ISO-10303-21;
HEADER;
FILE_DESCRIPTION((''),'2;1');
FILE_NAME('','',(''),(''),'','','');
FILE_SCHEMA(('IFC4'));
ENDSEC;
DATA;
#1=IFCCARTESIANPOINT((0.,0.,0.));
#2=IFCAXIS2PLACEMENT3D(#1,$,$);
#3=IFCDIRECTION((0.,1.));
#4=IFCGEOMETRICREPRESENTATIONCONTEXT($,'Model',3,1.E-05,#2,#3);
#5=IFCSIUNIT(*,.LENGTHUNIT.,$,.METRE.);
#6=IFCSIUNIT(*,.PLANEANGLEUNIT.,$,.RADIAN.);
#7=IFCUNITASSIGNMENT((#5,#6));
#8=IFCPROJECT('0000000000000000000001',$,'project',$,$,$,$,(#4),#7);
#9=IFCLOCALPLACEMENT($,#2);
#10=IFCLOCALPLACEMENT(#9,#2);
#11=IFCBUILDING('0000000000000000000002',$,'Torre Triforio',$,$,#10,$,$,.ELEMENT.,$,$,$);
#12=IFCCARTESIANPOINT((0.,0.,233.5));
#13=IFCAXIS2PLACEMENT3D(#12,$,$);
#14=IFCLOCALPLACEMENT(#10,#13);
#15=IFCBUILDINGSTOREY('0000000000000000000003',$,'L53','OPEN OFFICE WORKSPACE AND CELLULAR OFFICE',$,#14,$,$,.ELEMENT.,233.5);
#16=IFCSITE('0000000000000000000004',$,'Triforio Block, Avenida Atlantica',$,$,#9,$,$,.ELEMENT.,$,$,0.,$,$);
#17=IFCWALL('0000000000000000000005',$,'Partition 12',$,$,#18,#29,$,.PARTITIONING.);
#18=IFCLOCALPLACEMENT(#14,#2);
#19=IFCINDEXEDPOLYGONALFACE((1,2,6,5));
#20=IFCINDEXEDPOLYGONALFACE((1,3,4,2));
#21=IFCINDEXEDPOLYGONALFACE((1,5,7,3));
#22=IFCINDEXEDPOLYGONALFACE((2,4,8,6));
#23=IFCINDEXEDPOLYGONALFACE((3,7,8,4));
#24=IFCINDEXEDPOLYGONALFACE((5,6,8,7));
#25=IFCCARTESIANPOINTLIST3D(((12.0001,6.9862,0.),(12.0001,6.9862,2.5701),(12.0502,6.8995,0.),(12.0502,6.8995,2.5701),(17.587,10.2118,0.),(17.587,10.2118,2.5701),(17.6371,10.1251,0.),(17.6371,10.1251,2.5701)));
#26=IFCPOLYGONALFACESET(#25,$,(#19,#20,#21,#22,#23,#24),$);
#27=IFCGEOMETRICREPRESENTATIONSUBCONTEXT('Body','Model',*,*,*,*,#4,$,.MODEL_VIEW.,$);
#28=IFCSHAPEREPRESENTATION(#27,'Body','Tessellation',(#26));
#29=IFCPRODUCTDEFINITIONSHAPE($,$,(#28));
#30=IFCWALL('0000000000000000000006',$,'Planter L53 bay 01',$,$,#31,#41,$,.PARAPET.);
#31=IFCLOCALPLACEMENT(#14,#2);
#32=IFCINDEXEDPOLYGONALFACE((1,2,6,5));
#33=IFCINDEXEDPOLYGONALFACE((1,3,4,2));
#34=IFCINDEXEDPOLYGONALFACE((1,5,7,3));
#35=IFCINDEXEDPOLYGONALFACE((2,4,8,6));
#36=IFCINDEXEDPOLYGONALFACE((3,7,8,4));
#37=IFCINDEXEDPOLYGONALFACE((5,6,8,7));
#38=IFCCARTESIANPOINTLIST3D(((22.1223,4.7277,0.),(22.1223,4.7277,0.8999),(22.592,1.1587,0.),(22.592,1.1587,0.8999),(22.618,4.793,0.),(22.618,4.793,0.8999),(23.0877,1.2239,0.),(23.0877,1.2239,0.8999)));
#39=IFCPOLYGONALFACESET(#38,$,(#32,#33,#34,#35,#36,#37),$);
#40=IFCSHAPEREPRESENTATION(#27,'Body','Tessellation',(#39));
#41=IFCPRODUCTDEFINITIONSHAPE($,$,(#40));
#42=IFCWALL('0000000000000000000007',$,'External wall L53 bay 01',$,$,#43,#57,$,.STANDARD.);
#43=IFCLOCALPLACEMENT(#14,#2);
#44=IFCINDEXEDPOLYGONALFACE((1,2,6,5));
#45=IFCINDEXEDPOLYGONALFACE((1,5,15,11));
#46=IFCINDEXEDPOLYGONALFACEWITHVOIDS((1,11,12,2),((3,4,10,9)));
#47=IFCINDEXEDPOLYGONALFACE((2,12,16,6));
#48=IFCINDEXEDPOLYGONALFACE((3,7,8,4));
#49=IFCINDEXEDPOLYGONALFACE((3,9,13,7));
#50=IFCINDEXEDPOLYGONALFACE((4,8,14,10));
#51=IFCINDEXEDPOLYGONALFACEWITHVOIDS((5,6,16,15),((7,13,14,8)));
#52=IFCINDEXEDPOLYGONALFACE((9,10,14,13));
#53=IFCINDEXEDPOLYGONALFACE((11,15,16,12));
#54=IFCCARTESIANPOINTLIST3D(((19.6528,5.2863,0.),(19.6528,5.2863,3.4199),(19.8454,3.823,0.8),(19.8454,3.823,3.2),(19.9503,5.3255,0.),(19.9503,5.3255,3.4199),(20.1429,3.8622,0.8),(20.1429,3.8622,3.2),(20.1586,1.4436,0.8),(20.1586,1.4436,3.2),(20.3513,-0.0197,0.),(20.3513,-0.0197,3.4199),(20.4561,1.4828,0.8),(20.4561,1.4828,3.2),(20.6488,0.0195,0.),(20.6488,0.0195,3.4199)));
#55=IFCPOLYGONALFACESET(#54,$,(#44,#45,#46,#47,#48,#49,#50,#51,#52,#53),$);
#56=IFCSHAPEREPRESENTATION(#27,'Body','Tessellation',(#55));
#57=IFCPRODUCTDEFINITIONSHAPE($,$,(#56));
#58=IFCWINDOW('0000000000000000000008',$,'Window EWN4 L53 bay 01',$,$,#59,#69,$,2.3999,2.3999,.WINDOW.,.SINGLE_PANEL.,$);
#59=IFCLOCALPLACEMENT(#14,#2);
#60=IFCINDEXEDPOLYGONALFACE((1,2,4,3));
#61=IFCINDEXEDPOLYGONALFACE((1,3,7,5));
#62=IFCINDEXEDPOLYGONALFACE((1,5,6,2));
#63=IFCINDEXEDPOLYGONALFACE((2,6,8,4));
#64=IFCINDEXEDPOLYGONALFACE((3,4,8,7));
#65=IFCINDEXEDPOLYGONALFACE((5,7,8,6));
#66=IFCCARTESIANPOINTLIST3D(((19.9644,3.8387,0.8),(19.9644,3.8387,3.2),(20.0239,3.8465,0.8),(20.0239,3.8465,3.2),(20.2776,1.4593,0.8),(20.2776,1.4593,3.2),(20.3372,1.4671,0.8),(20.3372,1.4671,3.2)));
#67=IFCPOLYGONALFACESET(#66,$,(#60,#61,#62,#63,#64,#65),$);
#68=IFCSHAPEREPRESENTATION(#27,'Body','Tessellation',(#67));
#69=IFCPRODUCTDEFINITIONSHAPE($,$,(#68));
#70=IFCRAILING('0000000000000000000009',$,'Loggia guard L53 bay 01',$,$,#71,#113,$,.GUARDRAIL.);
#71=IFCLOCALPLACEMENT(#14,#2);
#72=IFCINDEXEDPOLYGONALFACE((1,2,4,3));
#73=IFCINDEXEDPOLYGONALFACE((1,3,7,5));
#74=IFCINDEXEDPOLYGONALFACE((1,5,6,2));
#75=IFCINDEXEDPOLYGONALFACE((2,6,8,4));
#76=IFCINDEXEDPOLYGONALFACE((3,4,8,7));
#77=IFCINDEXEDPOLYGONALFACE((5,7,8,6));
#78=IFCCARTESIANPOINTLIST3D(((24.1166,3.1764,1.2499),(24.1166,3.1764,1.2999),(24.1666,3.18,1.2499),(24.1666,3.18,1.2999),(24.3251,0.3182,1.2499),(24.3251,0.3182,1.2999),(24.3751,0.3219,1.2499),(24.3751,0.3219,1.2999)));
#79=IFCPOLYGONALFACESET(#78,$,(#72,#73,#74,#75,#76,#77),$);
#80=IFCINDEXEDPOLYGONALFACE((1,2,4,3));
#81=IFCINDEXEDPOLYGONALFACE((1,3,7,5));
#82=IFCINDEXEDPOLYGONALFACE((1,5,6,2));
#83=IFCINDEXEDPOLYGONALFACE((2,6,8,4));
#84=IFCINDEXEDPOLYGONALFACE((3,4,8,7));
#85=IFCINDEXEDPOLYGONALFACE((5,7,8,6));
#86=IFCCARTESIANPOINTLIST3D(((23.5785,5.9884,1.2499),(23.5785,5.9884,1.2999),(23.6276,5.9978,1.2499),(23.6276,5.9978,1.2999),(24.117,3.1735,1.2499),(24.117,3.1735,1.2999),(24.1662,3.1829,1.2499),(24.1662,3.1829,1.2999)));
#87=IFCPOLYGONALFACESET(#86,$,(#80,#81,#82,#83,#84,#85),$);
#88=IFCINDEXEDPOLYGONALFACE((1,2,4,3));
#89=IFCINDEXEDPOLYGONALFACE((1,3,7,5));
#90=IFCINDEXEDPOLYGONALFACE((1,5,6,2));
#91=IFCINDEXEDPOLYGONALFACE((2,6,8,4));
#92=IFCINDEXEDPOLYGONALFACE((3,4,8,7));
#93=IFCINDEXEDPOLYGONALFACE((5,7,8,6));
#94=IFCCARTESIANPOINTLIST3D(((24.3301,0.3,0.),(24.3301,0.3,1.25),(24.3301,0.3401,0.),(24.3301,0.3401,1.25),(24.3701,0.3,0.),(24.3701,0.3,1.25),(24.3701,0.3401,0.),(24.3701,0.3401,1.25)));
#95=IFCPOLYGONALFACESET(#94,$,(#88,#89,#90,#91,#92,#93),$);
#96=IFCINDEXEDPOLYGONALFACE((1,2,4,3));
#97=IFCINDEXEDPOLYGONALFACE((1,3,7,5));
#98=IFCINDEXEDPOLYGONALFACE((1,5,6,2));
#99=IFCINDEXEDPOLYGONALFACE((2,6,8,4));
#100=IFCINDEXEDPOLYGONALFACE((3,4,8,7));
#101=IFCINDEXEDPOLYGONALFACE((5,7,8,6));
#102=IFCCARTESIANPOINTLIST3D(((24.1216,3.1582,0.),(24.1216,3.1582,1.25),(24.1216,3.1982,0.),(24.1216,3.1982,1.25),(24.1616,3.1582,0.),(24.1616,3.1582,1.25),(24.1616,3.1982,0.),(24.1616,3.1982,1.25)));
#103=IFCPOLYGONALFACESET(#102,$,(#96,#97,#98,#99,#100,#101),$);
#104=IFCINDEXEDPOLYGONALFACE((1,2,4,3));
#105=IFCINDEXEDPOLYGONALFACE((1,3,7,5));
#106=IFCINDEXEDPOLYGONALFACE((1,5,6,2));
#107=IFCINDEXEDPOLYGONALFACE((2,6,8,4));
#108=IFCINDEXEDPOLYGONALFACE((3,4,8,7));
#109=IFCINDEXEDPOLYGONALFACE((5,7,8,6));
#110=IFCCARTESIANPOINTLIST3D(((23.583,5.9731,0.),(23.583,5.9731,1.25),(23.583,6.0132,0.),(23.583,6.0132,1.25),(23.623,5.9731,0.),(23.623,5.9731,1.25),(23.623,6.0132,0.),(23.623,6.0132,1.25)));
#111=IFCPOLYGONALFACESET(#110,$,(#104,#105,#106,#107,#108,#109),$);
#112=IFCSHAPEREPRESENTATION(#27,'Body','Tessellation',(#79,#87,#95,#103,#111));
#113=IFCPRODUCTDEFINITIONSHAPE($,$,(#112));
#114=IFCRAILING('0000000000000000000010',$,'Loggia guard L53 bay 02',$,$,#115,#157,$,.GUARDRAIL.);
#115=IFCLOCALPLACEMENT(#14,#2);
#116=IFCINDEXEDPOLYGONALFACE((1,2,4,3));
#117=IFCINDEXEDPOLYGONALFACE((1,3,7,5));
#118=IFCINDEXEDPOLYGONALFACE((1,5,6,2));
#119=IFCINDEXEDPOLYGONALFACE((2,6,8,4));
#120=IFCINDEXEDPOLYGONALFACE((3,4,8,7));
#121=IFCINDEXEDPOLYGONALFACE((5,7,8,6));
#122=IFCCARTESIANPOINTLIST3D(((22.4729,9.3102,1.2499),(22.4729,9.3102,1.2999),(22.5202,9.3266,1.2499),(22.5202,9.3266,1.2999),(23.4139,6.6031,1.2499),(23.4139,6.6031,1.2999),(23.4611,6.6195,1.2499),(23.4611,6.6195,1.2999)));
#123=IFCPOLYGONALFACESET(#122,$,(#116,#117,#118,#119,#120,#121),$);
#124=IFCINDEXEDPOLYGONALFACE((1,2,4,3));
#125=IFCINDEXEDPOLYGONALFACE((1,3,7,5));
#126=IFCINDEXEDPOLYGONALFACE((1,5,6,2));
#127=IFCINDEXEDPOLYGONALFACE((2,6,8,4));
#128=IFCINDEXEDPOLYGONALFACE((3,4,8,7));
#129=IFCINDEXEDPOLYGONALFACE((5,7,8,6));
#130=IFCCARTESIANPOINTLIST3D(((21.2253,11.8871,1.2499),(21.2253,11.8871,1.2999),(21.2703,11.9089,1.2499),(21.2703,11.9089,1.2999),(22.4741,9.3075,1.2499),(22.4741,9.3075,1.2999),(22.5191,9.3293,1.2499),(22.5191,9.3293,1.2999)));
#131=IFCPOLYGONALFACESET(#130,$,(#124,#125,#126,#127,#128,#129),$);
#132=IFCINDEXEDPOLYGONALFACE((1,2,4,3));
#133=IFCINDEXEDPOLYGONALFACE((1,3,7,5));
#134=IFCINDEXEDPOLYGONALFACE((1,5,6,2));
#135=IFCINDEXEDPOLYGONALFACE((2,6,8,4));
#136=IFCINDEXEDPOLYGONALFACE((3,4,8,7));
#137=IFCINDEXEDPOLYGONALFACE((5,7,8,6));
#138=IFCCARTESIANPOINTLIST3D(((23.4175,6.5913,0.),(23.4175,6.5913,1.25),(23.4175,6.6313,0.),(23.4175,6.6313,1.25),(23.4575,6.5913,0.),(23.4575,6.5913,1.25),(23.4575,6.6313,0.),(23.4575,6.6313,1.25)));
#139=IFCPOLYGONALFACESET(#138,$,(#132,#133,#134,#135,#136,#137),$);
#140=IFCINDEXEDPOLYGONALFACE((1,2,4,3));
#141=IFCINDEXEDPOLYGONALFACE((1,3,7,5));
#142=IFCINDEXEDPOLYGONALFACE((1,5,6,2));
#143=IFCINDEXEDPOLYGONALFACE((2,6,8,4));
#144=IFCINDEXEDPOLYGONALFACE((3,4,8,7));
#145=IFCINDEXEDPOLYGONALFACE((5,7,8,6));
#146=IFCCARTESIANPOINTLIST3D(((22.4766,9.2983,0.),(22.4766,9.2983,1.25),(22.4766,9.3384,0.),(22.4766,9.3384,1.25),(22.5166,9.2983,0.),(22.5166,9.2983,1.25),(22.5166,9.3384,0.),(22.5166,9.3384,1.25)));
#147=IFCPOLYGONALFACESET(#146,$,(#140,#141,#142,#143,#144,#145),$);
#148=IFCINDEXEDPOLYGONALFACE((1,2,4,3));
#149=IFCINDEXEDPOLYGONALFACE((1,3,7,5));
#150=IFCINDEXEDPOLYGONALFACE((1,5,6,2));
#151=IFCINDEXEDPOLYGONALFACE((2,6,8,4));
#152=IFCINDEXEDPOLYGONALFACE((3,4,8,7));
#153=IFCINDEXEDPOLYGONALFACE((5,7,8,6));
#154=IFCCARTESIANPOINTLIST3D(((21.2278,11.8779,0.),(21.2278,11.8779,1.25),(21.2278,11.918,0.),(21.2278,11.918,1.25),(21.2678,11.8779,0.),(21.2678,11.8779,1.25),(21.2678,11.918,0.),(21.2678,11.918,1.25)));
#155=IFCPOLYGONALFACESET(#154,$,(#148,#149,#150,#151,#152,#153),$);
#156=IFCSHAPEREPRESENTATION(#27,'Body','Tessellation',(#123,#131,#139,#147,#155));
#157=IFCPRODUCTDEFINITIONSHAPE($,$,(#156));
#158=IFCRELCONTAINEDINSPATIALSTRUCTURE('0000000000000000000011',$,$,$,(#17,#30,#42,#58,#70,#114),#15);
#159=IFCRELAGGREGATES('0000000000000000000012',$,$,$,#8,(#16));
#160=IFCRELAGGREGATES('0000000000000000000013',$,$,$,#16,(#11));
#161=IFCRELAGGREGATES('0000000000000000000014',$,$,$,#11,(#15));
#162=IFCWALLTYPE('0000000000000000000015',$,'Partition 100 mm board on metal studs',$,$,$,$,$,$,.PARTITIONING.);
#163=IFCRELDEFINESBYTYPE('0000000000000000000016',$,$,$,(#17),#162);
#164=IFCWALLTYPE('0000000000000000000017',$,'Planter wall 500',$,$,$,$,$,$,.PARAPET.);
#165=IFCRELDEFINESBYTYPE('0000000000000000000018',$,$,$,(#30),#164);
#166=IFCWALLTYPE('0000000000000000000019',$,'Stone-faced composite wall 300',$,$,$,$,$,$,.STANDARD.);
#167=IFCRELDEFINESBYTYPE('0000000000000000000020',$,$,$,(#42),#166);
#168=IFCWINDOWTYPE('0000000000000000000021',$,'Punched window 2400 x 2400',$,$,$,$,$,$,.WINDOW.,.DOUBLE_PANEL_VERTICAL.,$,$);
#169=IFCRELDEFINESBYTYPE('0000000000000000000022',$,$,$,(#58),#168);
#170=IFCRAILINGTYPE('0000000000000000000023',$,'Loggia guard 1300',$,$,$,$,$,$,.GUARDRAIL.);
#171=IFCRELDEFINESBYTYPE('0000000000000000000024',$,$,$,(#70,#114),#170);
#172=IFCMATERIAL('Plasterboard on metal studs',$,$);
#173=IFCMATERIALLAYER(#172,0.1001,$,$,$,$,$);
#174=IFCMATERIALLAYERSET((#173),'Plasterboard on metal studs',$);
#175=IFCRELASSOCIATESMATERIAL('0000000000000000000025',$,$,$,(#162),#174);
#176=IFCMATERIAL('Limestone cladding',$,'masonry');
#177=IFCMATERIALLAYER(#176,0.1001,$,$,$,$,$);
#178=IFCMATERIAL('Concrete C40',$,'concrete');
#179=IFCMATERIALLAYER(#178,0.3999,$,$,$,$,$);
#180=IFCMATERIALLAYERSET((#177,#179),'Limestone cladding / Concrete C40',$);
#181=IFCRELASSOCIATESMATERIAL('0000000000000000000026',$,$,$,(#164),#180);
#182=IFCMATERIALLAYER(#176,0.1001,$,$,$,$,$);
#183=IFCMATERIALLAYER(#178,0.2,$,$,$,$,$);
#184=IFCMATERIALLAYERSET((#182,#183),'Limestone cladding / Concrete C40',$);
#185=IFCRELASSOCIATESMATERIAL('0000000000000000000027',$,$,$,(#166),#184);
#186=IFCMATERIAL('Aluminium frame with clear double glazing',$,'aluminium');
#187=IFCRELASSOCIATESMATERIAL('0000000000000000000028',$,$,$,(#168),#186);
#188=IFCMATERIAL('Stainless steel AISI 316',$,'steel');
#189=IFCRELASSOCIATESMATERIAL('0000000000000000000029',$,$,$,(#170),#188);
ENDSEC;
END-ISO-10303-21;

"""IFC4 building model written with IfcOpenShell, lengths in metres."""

from ifc_helpers import new_model, si_unit, direction, frame, frame_2d, origin, origin_2d, place, context, subcontext, project, spatial, rectangle, extrude, material, layer, layer_set, type_object, element, fill, save


model = new_model("IFC4")

# Units and contexts
model_context = context("Model", 3, precision=1e-05, world=origin(), true_north=direction((0.0, 1.0)))
body_context = subcontext(model_context, "Body", "Model", "MODEL_VIEW")
ifc_project = project(units=[si_unit("LENGTHUNIT", "METRE"), si_unit("PLANEANGLEUNIT", "RADIAN")], contexts=[model_context])

# Site, building, storey
site_placement = place(None, origin())
site = spatial("IfcSite", under=ifc_project, at=site_placement, Name="Triforio Block, Avenida Atlantica", CompositionType="ELEMENT", RefElevation=0.0)
building_placement = place(site_placement, origin())
building = spatial("IfcBuilding", under=site, at=building_placement, Name="Torre Triforio", CompositionType="ELEMENT")
storey_placement = place(building_placement, frame((0.0, 0.0, 233.5)))
storey = spatial("IfcBuildingStorey", under=building, at=storey_placement, Name="L53", Description="OPEN OFFICE WORKSPACE AND CELLULAR OFFICE", CompositionType="ELEMENT", Elevation=233.5)

# Shared definitions
ifc_material_1 = material(Name="Concrete C40", Category="concrete")

# Shared definitions
ifc_material_2 = material(Name="Plasterboard on metal studs")

# Walls
ifc_layer_1 = layer(ifc_material_2, 0.1001)
ifc_layer_set_1 = layer_set([ifc_layer_1], Name="Plasterboard on metal studs")
wall_type_1 = type_object("IfcWallType", Name="Partition 100 mm board on metal studs", PredefinedType="PARTITIONING", material=ifc_layer_set_1)
wall_1_placement = place(storey_placement, frame((12.0251, 6.9429, 0.0), z_axis=(0.0, 0.0, 1.0), x_axis=(0.866027, 0.499998, 0.0)))
element("IfcWall", 1, at=wall_1_placement, inside=storey, type_object=wall_type_1, Name="Partition 12", PredefinedType="PARTITIONING", context=body_context, shape_type="SweptSolid", body=[
    extrude(rectangle(XDim=6.4512, YDim=0.1001, at=frame_2d((3.2256, 0.0))), origin(), (0.0, 0.0, 1.0), 2.5701),
])
ifc_material_3 = material(Name="Limestone cladding", Category="masonry")
ifc_layer_2 = layer(ifc_material_3, 0.1001)
ifc_layer_3 = layer(ifc_material_1, 0.3999)
ifc_layer_set_2 = layer_set([ifc_layer_2, ifc_layer_3], Name="Limestone cladding / Concrete C40")
wall_type_2 = type_object("IfcWallType", Name="Planter wall 500", PredefinedType="PARAPET", material=ifc_layer_set_2)
wall_2_placement = place(storey_placement, frame((22.8398, 1.1914, 0.0), z_axis=(0.0, 0.0, 1.0), x_axis=(-0.130484, 0.99145, 0.0)))
element("IfcWall", 2, at=wall_2_placement, inside=storey, type_object=wall_type_2, Name="Planter L53 bay 01", PredefinedType="PARAPET", context=body_context, shape_type="SweptSolid", body=[
    extrude(rectangle(XDim=3.5999, YDim=0.5, at=frame_2d((1.7998, 0.0))), origin(), (0.0, 0.0, 1.0), 0.8999),
])

# Wall, opening, window
ifc_layer_4 = layer(ifc_material_3, 0.1001)
ifc_layer_5 = layer(ifc_material_1, 0.2)
ifc_layer_set_3 = layer_set([ifc_layer_4, ifc_layer_5], Name="Limestone cladding / Concrete C40")
wall_type_3 = type_object("IfcWallType", Name="Stone-faced composite wall 300", PredefinedType="STANDARD", material=ifc_layer_set_3)
wall_3_placement = place(storey_placement, frame((20.5, 0.0, 0.0), z_axis=(0.0, 0.0, 1.0), x_axis=(-0.130517, 0.991446, 0.0)))
wall_3 = element("IfcWall", 3, at=wall_3_placement, inside=storey, type_object=wall_type_3, Name="External wall L53 bay 01", PredefinedType="STANDARD", context=body_context, shape_type="SweptSolid", body=[
    extrude(rectangle(XDim=5.3518, YDim=0.3, at=frame_2d((2.6758, 0.0))), origin(), (0.0, 0.0, 1.0), 3.4199),
])
opening_1_placement = place(wall_3_placement, frame((1.4758, 0.0, 0.8)))
opening_1 = element("IfcOpeningElement", 4, at=opening_1_placement, cuts=wall_3, PredefinedType="OPENING", context=body_context, shape_type="SweptSolid", body=[
    extrude(rectangle(XDim=2.3999, YDim=2.3999, at=frame_2d((1.2, 1.2))), frame((0.0, 0.1599, 0.0), z_axis=(0.0, -1.0, 0.0), x_axis=(1.0, 0.0, 0.0)), (0.0, 0.0, 1.0), 0.3201),
])
ifc_material_4 = material(Name="Aluminium frame with clear double glazing", Category="aluminium")
window_type_1 = type_object("IfcWindowType", Name="Punched window 2400 x 2400", PartitioningType="DOUBLE_PANEL_VERTICAL", PredefinedType="WINDOW", material=ifc_material_4)
window_1_placement = place(opening_1_placement, origin())
window_1 = element("IfcWindow", 5, at=window_1_placement, inside=storey, type_object=window_type_1, Name="Window EWN4 L53 bay 01", OverallHeight=2.3999, OverallWidth=2.3999, PartitioningType="SINGLE_PANEL", PredefinedType="WINDOW", context=body_context, shape_type="SweptSolid", body=[
    extrude(rectangle(XDim=2.3999, YDim=2.3999, at=frame_2d((1.2, 1.2))), frame((0.0, 0.03, 0.0), z_axis=(0.0, -1.0, 0.0), x_axis=(1.0, 0.0, 0.0)), (0.0, 0.0, 1.0), 0.0601),
])
fill(opening_1, window_1)

# Railings
ifc_material_5 = material(Name="Stainless steel AISI 316", Category="steel")
railing_type = type_object("IfcRailingType", Name="Loggia guard 1300", PredefinedType="GUARDRAIL", material=ifc_material_5)
railing_1_placement = place(storey_placement, frame((24.3501, 0.3201, 0.0)))
element("IfcRailing", 6, at=railing_1_placement, inside=storey, type_object=railing_type, Name="Loggia guard L53 bay 01", PredefinedType="GUARDRAIL", context=body_context, shape_type="SweptSolid", body=[
    extrude(rectangle(XDim=0.05, YDim=0.05, at=origin_2d()), frame((0.0, 0.0, 1.2749), z_axis=(-0.072754, 0.99735, 0.0), x_axis=(-0.99735, -0.072754, 0.0)), (0.0, 0.0, 1.0), 2.8657),
    extrude(rectangle(XDim=0.05, YDim=0.05, at=origin_2d()), frame((-0.2085, 2.8582, 1.2749), z_axis=(-0.187918, 0.982185, 0.0), x_axis=(-0.982185, -0.187918, 0.0)), (0.0, 0.0, 1.0), 2.866),
    extrude(rectangle(XDim=0.04, YDim=0.04, at=origin_2d()), origin(), (0.0, 0.0, 1.0), 1.25),
    extrude(rectangle(XDim=0.04, YDim=0.04, at=origin_2d()), frame((-0.2085, 2.8582, 0.0)), (0.0, 0.0, 1.0), 1.25),
    extrude(rectangle(XDim=0.04, YDim=0.04, at=origin_2d()), frame((-0.7471, 5.6731, 0.0)), (0.0, 0.0, 1.0), 1.25),
])
railing_2_placement = place(storey_placement, frame((23.4375, 6.6113, 0.0)))
element("IfcRailing", 7, at=railing_2_placement, inside=storey, type_object=railing_type, Name="Loggia guard L53 bay 02", PredefinedType="GUARDRAIL", context=body_context, shape_type="SweptSolid", body=[
    extrude(rectangle(XDim=0.05, YDim=0.05, at=origin_2d()), frame((0.0, 0.0, 1.2749), z_axis=(-0.328316, 0.944568, 0.0), x_axis=(-0.944568, -0.328316, 0.0)), (0.0, 0.0, 1.0), 2.866),
    extrude(rectangle(XDim=0.05, YDim=0.05, at=origin_2d()), frame((-0.9409, 2.707, 1.2749), z_axis=(-0.435728, 0.900078, 0.0), x_axis=(-0.900078, -0.435728, 0.0)), (0.0, 0.0, 1.0), 2.866),
    extrude(rectangle(XDim=0.04, YDim=0.04, at=origin_2d()), origin(), (0.0, 0.0, 1.0), 1.25),
    extrude(rectangle(XDim=0.04, YDim=0.04, at=origin_2d()), frame((-0.9409, 2.707, 0.0)), (0.0, 0.0, 1.0), 1.25),
    extrude(rectangle(XDim=0.04, YDim=0.04, at=origin_2d()), frame((-2.1897, 5.2866, 0.0)), (0.0, 0.0, 1.0), 1.25),
])

save(model, "model.ifc")
